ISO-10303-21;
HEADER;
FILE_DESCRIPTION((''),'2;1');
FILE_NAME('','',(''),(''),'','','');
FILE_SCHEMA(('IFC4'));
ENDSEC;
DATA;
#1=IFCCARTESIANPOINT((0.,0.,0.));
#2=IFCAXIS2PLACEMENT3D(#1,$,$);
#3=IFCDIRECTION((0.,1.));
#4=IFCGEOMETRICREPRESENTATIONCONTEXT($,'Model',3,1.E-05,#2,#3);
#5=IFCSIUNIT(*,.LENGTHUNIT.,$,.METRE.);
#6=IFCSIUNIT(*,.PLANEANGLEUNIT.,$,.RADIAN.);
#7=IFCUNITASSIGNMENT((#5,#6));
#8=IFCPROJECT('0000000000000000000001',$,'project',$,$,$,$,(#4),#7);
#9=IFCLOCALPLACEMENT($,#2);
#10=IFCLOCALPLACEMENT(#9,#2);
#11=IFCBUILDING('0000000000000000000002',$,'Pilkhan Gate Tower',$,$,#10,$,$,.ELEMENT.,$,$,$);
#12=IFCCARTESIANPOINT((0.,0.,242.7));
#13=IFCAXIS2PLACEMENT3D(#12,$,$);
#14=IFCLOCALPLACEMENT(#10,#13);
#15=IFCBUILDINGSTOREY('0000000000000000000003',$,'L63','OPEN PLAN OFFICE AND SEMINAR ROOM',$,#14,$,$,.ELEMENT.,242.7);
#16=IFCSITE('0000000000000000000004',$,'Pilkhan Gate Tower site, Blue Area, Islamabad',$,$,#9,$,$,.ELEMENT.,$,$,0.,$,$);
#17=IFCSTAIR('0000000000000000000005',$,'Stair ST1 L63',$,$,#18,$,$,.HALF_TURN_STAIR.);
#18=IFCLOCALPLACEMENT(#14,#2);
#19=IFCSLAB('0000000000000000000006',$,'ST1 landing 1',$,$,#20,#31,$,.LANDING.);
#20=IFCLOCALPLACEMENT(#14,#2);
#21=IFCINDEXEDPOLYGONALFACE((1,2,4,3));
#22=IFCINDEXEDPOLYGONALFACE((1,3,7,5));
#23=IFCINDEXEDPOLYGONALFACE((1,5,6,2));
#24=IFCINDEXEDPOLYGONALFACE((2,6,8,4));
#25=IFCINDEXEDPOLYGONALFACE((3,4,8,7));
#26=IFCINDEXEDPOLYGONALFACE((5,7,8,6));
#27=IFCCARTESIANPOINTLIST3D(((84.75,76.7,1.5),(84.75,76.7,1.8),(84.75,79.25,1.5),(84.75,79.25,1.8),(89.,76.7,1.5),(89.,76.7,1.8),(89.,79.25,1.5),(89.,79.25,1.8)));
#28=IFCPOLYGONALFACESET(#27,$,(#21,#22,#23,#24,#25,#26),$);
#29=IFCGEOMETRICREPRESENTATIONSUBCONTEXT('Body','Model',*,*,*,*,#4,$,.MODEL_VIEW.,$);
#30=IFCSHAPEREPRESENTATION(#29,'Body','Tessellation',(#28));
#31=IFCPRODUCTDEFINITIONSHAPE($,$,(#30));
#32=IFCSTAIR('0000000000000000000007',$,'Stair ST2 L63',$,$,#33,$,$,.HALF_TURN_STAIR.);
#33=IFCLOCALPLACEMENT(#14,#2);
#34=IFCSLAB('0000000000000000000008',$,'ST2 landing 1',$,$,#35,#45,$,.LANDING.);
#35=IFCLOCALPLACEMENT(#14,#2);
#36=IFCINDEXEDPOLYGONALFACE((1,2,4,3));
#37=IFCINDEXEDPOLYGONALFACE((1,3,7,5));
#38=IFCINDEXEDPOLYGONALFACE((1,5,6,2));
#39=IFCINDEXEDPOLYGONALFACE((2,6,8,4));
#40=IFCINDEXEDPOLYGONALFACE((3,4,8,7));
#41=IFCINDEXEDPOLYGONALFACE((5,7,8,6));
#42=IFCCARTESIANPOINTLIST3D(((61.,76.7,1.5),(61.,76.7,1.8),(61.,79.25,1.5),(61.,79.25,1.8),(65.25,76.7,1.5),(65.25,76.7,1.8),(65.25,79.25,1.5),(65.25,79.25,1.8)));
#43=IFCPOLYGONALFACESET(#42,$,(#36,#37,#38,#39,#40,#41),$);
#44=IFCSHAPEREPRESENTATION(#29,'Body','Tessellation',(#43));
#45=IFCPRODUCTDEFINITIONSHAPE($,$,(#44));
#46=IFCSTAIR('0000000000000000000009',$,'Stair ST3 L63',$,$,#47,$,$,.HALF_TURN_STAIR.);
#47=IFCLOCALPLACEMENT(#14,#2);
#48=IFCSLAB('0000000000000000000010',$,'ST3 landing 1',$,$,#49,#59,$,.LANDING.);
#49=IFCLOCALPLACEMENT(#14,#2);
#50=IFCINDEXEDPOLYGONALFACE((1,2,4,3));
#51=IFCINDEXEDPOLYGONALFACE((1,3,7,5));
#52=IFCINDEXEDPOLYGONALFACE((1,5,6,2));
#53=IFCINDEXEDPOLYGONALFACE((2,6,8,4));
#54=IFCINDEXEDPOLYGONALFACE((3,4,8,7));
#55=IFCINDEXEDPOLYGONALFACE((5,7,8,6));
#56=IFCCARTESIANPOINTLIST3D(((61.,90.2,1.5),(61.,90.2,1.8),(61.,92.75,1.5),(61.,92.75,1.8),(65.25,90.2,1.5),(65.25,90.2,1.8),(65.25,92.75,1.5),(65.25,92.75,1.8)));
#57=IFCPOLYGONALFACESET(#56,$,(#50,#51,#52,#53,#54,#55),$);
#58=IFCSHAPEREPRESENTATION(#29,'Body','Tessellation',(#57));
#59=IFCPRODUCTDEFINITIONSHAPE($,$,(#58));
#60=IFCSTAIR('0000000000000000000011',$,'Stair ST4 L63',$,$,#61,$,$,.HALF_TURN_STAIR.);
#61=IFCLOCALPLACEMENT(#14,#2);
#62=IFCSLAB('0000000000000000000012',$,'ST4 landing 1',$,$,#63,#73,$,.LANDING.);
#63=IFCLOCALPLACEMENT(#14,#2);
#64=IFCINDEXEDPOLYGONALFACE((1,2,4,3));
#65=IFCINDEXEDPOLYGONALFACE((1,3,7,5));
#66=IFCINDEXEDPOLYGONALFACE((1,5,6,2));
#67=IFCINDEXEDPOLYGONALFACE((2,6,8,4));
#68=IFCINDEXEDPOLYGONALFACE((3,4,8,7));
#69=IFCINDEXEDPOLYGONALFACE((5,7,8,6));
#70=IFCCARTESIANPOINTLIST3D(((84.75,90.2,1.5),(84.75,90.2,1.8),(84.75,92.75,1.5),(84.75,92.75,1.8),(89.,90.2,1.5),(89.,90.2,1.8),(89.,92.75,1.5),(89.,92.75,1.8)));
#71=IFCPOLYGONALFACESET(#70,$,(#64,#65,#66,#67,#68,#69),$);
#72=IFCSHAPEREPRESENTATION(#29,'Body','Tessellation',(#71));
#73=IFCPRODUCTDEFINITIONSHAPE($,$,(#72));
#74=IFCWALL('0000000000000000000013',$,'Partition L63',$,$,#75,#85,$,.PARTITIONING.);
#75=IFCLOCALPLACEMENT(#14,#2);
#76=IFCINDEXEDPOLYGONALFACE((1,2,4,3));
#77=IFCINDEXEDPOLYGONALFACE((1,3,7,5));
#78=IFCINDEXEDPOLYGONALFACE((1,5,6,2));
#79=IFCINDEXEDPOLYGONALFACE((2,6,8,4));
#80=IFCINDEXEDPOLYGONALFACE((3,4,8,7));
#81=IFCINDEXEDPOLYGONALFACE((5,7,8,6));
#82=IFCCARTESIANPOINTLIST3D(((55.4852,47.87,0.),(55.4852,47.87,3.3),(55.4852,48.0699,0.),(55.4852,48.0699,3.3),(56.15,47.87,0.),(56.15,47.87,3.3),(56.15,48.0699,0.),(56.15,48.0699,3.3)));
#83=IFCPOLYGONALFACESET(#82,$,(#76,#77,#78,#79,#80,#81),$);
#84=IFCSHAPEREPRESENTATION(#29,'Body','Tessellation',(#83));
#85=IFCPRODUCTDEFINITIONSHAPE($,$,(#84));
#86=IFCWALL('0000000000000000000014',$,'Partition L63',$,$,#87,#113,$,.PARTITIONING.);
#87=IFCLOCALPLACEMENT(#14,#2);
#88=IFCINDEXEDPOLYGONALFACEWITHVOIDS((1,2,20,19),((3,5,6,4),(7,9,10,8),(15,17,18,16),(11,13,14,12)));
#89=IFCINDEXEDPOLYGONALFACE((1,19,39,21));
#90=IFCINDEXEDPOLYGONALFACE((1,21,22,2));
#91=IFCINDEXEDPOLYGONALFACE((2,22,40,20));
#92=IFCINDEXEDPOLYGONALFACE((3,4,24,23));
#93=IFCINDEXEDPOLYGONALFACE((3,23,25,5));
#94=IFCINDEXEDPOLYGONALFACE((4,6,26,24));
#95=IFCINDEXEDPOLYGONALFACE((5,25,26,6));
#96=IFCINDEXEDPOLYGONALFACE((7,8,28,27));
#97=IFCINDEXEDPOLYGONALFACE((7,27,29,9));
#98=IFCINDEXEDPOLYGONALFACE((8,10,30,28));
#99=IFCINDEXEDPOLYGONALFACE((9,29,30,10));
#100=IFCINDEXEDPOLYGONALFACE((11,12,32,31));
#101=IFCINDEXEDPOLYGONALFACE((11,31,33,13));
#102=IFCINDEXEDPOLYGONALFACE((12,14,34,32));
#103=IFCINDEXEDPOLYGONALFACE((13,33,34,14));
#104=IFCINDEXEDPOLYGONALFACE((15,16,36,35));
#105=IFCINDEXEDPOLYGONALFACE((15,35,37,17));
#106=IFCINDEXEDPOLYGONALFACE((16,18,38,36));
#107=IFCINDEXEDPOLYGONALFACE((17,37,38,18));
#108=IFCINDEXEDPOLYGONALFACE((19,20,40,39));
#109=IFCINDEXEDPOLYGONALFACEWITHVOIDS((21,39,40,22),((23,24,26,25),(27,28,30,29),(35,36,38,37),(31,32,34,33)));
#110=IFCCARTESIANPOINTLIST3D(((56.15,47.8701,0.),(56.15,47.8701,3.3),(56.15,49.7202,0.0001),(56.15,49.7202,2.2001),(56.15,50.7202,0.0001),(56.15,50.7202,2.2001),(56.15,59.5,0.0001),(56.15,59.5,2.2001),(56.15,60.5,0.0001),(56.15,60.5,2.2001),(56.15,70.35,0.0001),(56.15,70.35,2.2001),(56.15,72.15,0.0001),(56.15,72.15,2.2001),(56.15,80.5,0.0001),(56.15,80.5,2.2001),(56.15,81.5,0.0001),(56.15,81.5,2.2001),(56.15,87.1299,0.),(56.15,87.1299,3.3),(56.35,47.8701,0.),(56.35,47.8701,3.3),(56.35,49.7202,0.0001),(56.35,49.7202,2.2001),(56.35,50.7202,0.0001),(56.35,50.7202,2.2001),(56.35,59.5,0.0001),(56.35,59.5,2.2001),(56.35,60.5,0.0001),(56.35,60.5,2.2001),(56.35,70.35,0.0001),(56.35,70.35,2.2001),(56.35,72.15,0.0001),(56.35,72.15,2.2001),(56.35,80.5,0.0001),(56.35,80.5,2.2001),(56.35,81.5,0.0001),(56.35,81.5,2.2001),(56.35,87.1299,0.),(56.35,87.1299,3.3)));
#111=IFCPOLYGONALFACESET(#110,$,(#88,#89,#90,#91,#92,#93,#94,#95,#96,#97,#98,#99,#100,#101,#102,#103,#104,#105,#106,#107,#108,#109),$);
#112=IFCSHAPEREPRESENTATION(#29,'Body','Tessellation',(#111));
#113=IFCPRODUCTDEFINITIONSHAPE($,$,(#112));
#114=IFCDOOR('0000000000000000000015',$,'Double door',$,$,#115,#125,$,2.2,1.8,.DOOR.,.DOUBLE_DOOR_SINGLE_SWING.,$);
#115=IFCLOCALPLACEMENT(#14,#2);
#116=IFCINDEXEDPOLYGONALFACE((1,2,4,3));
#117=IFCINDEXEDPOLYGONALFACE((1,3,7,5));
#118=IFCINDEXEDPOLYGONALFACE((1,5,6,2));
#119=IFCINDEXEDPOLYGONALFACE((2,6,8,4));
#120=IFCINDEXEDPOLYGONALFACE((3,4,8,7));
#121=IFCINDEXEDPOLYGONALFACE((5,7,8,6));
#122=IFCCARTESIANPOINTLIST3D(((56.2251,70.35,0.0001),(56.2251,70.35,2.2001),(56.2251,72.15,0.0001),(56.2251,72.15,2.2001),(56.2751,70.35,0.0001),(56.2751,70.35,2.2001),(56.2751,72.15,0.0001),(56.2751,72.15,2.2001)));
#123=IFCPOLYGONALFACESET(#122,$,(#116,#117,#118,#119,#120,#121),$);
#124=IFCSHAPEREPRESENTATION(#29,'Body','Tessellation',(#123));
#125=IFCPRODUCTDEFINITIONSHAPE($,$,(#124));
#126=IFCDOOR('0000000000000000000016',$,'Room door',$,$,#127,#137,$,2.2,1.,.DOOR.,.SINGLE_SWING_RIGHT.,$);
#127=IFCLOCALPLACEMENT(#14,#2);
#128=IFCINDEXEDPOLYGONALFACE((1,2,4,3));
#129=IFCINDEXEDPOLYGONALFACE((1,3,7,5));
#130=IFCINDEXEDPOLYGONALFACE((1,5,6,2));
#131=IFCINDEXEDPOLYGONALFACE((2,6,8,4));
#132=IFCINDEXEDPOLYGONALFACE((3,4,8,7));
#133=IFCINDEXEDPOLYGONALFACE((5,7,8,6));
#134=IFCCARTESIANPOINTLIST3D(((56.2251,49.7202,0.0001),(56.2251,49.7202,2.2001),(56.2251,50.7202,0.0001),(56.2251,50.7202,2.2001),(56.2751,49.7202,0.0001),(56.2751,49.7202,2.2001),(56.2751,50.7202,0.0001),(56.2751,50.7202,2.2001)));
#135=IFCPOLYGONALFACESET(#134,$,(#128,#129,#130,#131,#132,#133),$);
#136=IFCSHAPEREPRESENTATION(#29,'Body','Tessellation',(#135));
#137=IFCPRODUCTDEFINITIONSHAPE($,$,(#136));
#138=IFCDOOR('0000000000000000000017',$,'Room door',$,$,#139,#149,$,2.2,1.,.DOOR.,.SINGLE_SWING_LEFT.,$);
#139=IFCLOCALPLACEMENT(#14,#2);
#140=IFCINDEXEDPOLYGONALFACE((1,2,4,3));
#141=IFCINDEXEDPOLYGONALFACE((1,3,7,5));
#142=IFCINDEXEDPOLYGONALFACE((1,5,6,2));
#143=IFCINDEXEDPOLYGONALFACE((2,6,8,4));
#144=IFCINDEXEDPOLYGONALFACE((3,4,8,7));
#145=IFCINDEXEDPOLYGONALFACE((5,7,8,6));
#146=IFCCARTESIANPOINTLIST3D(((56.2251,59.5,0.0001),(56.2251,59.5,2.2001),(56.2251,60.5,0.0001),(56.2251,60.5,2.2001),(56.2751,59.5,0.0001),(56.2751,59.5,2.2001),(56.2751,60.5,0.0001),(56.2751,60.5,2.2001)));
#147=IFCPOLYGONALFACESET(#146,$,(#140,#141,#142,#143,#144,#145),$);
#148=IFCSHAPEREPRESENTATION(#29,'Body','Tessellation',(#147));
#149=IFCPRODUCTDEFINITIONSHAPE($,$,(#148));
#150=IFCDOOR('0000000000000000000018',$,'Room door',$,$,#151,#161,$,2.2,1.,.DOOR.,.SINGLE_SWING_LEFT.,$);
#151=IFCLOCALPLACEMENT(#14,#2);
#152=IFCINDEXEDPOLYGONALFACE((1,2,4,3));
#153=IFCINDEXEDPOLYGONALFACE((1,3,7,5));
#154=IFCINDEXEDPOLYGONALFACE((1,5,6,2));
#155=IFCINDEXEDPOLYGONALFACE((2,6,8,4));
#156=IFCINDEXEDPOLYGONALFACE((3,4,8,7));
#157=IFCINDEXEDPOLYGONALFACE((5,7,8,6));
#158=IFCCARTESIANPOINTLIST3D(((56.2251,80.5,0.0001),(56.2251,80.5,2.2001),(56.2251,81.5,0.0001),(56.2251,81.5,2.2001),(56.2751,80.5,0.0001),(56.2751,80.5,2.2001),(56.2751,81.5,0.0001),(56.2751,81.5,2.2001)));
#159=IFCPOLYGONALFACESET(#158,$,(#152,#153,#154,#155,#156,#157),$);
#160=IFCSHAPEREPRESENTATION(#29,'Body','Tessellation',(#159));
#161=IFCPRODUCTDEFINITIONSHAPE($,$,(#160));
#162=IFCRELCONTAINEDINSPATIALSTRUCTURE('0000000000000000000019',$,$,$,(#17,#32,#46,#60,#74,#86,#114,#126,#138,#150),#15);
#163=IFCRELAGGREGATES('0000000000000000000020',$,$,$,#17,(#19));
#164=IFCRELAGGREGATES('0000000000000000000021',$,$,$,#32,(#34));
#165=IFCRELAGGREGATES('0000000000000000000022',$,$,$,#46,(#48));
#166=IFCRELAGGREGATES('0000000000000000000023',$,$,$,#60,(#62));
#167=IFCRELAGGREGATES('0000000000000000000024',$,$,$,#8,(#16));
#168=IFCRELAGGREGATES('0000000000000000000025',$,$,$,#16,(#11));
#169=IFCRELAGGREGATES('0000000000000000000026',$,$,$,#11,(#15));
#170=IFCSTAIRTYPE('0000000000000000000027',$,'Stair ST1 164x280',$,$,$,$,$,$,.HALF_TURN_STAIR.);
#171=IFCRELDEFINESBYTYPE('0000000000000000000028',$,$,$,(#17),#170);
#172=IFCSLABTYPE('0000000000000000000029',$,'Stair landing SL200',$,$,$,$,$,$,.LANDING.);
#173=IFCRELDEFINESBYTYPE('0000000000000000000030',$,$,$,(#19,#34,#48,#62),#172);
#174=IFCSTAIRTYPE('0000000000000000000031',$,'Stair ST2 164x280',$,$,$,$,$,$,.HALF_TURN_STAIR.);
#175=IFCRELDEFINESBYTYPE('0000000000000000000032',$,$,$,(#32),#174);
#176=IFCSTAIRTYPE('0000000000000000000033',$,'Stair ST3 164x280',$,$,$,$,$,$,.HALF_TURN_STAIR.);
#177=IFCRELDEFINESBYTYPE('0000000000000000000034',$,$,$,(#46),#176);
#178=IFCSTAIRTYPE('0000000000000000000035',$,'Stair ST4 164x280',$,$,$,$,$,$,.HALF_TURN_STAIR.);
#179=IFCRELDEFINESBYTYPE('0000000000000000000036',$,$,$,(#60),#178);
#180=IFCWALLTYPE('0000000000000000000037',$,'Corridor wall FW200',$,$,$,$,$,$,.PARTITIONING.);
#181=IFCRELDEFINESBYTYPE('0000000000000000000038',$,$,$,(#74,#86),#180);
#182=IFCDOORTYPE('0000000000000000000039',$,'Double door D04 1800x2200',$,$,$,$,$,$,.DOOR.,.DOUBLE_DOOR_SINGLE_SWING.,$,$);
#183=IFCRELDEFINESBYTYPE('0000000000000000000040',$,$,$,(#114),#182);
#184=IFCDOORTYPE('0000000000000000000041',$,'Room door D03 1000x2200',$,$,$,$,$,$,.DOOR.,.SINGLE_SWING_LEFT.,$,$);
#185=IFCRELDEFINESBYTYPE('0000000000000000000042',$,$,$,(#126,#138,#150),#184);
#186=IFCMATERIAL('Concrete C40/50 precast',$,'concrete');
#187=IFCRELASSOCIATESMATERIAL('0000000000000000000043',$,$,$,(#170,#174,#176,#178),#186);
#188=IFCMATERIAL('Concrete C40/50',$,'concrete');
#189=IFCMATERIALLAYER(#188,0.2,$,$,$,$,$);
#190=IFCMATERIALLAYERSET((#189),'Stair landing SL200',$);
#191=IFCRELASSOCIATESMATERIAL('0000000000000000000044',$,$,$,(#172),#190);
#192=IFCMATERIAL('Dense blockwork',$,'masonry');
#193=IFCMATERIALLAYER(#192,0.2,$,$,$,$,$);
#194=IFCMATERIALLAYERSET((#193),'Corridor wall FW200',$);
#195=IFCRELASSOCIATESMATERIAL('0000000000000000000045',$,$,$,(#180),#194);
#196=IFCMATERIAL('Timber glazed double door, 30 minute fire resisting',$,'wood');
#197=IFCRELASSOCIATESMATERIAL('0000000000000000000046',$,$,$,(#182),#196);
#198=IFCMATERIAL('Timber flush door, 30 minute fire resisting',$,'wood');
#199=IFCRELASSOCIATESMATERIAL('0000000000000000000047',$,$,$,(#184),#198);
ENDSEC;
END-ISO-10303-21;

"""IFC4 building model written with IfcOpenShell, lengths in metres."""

from ifc_helpers import new_model, si_unit, direction, frame, frame_2d, origin, place, context, subcontext, project, spatial, polyline, rectangle, outline, extrude, material, layer, layer_set, type_object, element, fill, aggregate, save


model = new_model("IFC4")

# Units and contexts
model_context = context("Model", 3, precision=1e-05, world=origin(), true_north=direction((0.0, 1.0)))
body_context = subcontext(model_context, "Body", "Model", "MODEL_VIEW")
ifc_project = project(units=[si_unit("LENGTHUNIT", "METRE"), si_unit("PLANEANGLEUNIT", "RADIAN")], contexts=[model_context])

# Site, building, storey
site_placement = place(None, origin())
site = spatial("IfcSite", under=ifc_project, at=site_placement, Name="Pilkhan Gate Tower site, Blue Area, Islamabad", CompositionType="ELEMENT", RefElevation=0.0)
building_placement = place(site_placement, origin())
building = spatial("IfcBuilding", under=site, at=building_placement, Name="Pilkhan Gate Tower", CompositionType="ELEMENT")
storey_placement = place(building_placement, frame((0.0, 0.0, 242.7)))
storey = spatial("IfcBuildingStorey", under=building, at=storey_placement, Name="L63", Description="OPEN PLAN OFFICE AND SEMINAR ROOM", CompositionType="ELEMENT", Elevation=242.7)

# Shared definitions
ifc_material_1 = material(Name="Concrete C40/50", Category="concrete")

# Stairs, slabs
ifc_material_2 = material(Name="Concrete C40/50 precast", Category="concrete")
stair_type_1 = type_object("IfcStairType", Name="Stair ST1 164x280", PredefinedType="HALF_TURN_STAIR", material=ifc_material_2)
stair_1_placement = place(storey_placement, origin())
stair_1 = element("IfcStair", 1, at=stair_1_placement, inside=storey, type_object=stair_type_1, Name="Stair ST1 L63", PredefinedType="HALF_TURN_STAIR")
ifc_layer_1 = layer(ifc_material_1, 0.2)
ifc_layer_set_1 = layer_set([ifc_layer_1], Name="Stair landing SL200")
slab_type_1 = type_object("IfcSlabType", Name="Stair landing SL200", PredefinedType="LANDING", material=ifc_layer_set_1)
slab_1_placement = place(storey_placement, frame((0.0, 0.0, 1.5)))
slab_1 = element("IfcSlab", 2, at=slab_1_placement, type_object=slab_type_1, Name="ST1 landing 1", PredefinedType="LANDING", context=body_context, shape_type="SweptSolid", body=[
    extrude(outline(polyline([(89.0, 76.7), (89.0, 79.25), (84.75, 79.25), (84.75, 76.7), (89.0, 76.7)])), origin(), (0.0, 0.0, 1.0), 0.3),
])
aggregate(stair_1, [slab_1])
stair_type_2 = type_object("IfcStairType", Name="Stair ST2 164x280", PredefinedType="HALF_TURN_STAIR", material=ifc_material_2)
stair_2_placement = place(storey_placement, origin())
stair_2 = element("IfcStair", 3, at=stair_2_placement, inside=storey, type_object=stair_type_2, Name="Stair ST2 L63", PredefinedType="HALF_TURN_STAIR")
slab_2_placement = place(storey_placement, frame((0.0, 0.0, 1.5)))
slab_2 = element("IfcSlab", 4, at=slab_2_placement, type_object=slab_type_1, Name="ST2 landing 1", PredefinedType="LANDING", context=body_context, shape_type="SweptSolid", body=[
    extrude(outline(polyline([(65.25, 76.7), (65.25, 79.25), (61.0, 79.25), (61.0, 76.7), (65.25, 76.7)])), origin(), (0.0, 0.0, 1.0), 0.3),
])
aggregate(stair_2, [slab_2])
stair_type_3 = type_object("IfcStairType", Name="Stair ST3 164x280", PredefinedType="HALF_TURN_STAIR", material=ifc_material_2)
stair_3_placement = place(storey_placement, origin())
stair_3 = element("IfcStair", 5, at=stair_3_placement, inside=storey, type_object=stair_type_3, Name="Stair ST3 L63", PredefinedType="HALF_TURN_STAIR")
slab_3_placement = place(storey_placement, frame((0.0, 0.0, 1.5)))
slab_3 = element("IfcSlab", 6, at=slab_3_placement, type_object=slab_type_1, Name="ST3 landing 1", PredefinedType="LANDING", context=body_context, shape_type="SweptSolid", body=[
    extrude(outline(polyline([(65.25, 90.2), (65.25, 92.75), (61.0, 92.75), (61.0, 90.2), (65.25, 90.2)])), origin(), (0.0, 0.0, 1.0), 0.3),
])
aggregate(stair_3, [slab_3])
stair_type_4 = type_object("IfcStairType", Name="Stair ST4 164x280", PredefinedType="HALF_TURN_STAIR", material=ifc_material_2)
stair_4_placement = place(storey_placement, origin())
stair_4 = element("IfcStair", 7, at=stair_4_placement, inside=storey, type_object=stair_type_4, Name="Stair ST4 L63", PredefinedType="HALF_TURN_STAIR")
slab_4_placement = place(storey_placement, frame((0.0, 0.0, 1.5)))
slab_4 = element("IfcSlab", 8, at=slab_4_placement, type_object=slab_type_1, Name="ST4 landing 1", PredefinedType="LANDING", context=body_context, shape_type="SweptSolid", body=[
    extrude(outline(polyline([(89.0, 90.2), (89.0, 92.75), (84.75, 92.75), (84.75, 90.2), (89.0, 90.2)])), origin(), (0.0, 0.0, 1.0), 0.3),
])
aggregate(stair_4, [slab_4])

# Wall
ifc_material_3 = material(Name="Dense blockwork", Category="masonry")
ifc_layer_2 = layer(ifc_material_3, 0.2)
ifc_layer_set_2 = layer_set([ifc_layer_2], Name="Corridor wall FW200")
wall_type = type_object("IfcWallType", Name="Corridor wall FW200", PredefinedType="PARTITIONING", material=ifc_layer_set_2)
wall_1_placement = place(storey_placement, frame((55.4851, 47.97, 0.0), z_axis=(0.0, 0.0, 1.0), x_axis=(1.0, 0.0, 0.0)))
element("IfcWall", 9, at=wall_1_placement, inside=storey, type_object=wall_type, Name="Partition L63", PredefinedType="PARTITIONING", context=body_context, shape_type="SweptSolid", body=[
    extrude(rectangle(XDim=0.6648, YDim=0.2, at=frame_2d((0.3325, 0.0))), origin(), (0.0, 0.0, 1.0), 3.3),
])

# Wall, openings, doors
wall_2_placement = place(storey_placement, frame((56.25, 47.8701, 0.0), z_axis=(0.0, 0.0, 1.0), x_axis=(0.0, 1.0, 0.0)))
wall_2 = element("IfcWall", 10, at=wall_2_placement, inside=storey, type_object=wall_type, Name="Partition L63", PredefinedType="PARTITIONING", context=body_context, shape_type="SweptSolid", body=[
    extrude(rectangle(XDim=39.2598, YDim=0.2, at=frame_2d((19.6299, 0.0))), origin(), (0.0, 0.0, 1.0), 3.3),
])
opening_1_placement = place(wall_2_placement, frame((1.8501, 0.0, 0.0)))
opening_1 = element("IfcOpeningElement", 11, at=opening_1_placement, cuts=wall_2, PredefinedType="OPENING", context=body_context, shape_type="SweptSolid", body=[
    extrude(rectangle(XDim=1.0, YDim=2.2, at=frame_2d((0.5, 1.1001))), frame((0.0, 0.1099, 0.0), z_axis=(0.0, -1.0, 0.0), x_axis=(1.0, 0.0, 0.0)), (0.0, 0.0, 1.0), 0.22),
])
opening_2_placement = place(wall_2_placement, frame((11.6299, 0.0, 0.0)))
opening_2 = element("IfcOpeningElement", 12, at=opening_2_placement, cuts=wall_2, PredefinedType="OPENING", context=body_context, shape_type="SweptSolid", body=[
    extrude(rectangle(XDim=1.0, YDim=2.2, at=frame_2d((0.5, 1.1001))), frame((0.0, 0.1099, 0.0), z_axis=(0.0, -1.0, 0.0), x_axis=(1.0, 0.0, 0.0)), (0.0, 0.0, 1.0), 0.22),
])
opening_3_placement = place(wall_2_placement, frame((22.48, 0.0, 0.0)))
opening_3 = element("IfcOpeningElement", 13, at=opening_3_placement, cuts=wall_2, PredefinedType="OPENING", context=body_context, shape_type="SweptSolid", body=[
    extrude(rectangle(XDim=1.8, YDim=2.2, at=frame_2d((0.8999, 1.1001))), frame((0.0, 0.1099, 0.0), z_axis=(0.0, -1.0, 0.0), x_axis=(1.0, 0.0, 0.0)), (0.0, 0.0, 1.0), 0.22),
])
opening_4_placement = place(wall_2_placement, frame((32.6299, 0.0, 0.0)))
opening_4 = element("IfcOpeningElement", 14, at=opening_4_placement, cuts=wall_2, PredefinedType="OPENING", context=body_context, shape_type="SweptSolid", body=[
    extrude(rectangle(XDim=1.0, YDim=2.2, at=frame_2d((0.5, 1.1001))), frame((0.0, 0.1099, 0.0), z_axis=(0.0, -1.0, 0.0), x_axis=(1.0, 0.0, 0.0)), (0.0, 0.0, 1.0), 0.22),
])
ifc_material_4 = material(Name="Timber glazed double door, 30 minute fire resisting", Category="wood")
door_type_1 = type_object("IfcDoorType", Name="Double door D04 1800x2200", OperationType="DOUBLE_DOOR_SINGLE_SWING", PredefinedType="DOOR", material=ifc_material_4)
door_1_placement = place(opening_3_placement, origin())
door_1 = element("IfcDoor", 15, at=door_1_placement, inside=storey, type_object=door_type_1, Name="Double door", OperationType="DOUBLE_DOOR_SINGLE_SWING", OverallHeight=2.2, OverallWidth=1.8, PredefinedType="DOOR", context=body_context, shape_type="SweptSolid", body=[
    extrude(rectangle(XDim=1.8, YDim=2.2, at=frame_2d((0.8999, 1.1001))), frame((0.0, 0.0249, 0.0), z_axis=(0.0, -1.0, 0.0), x_axis=(1.0, 0.0, 0.0)), (0.0, 0.0, 1.0), 0.05),
])
fill(opening_3, door_1)
ifc_material_5 = material(Name="Timber flush door, 30 minute fire resisting", Category="wood")
door_type_2 = type_object("IfcDoorType", Name="Room door D03 1000x2200", OperationType="SINGLE_SWING_LEFT", PredefinedType="DOOR", material=ifc_material_5)
door_2_placement = place(opening_1_placement, origin())
door_2 = element("IfcDoor", 16, at=door_2_placement, inside=storey, type_object=door_type_2, Name="Room door", OperationType="SINGLE_SWING_RIGHT", OverallHeight=2.2, OverallWidth=1.0, PredefinedType="DOOR", context=body_context, shape_type="SweptSolid", body=[
    extrude(rectangle(XDim=1.0, YDim=2.2, at=frame_2d((0.5, 1.1001))), frame((0.0, 0.0249, 0.0), z_axis=(0.0, -1.0, 0.0), x_axis=(1.0, 0.0, 0.0)), (0.0, 0.0, 1.0), 0.05),
])
fill(opening_1, door_2)
door_3_placement = place(opening_2_placement, origin())
door_3 = element("IfcDoor", 17, at=door_3_placement, inside=storey, type_object=door_type_2, Name="Room door", OperationType="SINGLE_SWING_LEFT", OverallHeight=2.2, OverallWidth=1.0, PredefinedType="DOOR", context=body_context, shape_type="SweptSolid", body=[
    extrude(rectangle(XDim=1.0, YDim=2.2, at=frame_2d((0.5, 1.1001))), frame((0.0, 0.0249, 0.0), z_axis=(0.0, -1.0, 0.0), x_axis=(1.0, 0.0, 0.0)), (0.0, 0.0, 1.0), 0.05),
])
fill(opening_2, door_3)
door_4_placement = place(opening_4_placement, origin())
door_4 = element("IfcDoor", 18, at=door_4_placement, inside=storey, type_object=door_type_2, Name="Room door", OperationType="SINGLE_SWING_LEFT", OverallHeight=2.2, OverallWidth=1.0, PredefinedType="DOOR", context=body_context, shape_type="SweptSolid", body=[
    extrude(rectangle(XDim=1.0, YDim=2.2, at=frame_2d((0.5, 1.1001))), frame((0.0, 0.0249, 0.0), z_axis=(0.0, -1.0, 0.0), x_axis=(1.0, 0.0, 0.0)), (0.0, 0.0, 1.0), 0.05),
])
fill(opening_4, door_4)

save(model, "model.ifc")
